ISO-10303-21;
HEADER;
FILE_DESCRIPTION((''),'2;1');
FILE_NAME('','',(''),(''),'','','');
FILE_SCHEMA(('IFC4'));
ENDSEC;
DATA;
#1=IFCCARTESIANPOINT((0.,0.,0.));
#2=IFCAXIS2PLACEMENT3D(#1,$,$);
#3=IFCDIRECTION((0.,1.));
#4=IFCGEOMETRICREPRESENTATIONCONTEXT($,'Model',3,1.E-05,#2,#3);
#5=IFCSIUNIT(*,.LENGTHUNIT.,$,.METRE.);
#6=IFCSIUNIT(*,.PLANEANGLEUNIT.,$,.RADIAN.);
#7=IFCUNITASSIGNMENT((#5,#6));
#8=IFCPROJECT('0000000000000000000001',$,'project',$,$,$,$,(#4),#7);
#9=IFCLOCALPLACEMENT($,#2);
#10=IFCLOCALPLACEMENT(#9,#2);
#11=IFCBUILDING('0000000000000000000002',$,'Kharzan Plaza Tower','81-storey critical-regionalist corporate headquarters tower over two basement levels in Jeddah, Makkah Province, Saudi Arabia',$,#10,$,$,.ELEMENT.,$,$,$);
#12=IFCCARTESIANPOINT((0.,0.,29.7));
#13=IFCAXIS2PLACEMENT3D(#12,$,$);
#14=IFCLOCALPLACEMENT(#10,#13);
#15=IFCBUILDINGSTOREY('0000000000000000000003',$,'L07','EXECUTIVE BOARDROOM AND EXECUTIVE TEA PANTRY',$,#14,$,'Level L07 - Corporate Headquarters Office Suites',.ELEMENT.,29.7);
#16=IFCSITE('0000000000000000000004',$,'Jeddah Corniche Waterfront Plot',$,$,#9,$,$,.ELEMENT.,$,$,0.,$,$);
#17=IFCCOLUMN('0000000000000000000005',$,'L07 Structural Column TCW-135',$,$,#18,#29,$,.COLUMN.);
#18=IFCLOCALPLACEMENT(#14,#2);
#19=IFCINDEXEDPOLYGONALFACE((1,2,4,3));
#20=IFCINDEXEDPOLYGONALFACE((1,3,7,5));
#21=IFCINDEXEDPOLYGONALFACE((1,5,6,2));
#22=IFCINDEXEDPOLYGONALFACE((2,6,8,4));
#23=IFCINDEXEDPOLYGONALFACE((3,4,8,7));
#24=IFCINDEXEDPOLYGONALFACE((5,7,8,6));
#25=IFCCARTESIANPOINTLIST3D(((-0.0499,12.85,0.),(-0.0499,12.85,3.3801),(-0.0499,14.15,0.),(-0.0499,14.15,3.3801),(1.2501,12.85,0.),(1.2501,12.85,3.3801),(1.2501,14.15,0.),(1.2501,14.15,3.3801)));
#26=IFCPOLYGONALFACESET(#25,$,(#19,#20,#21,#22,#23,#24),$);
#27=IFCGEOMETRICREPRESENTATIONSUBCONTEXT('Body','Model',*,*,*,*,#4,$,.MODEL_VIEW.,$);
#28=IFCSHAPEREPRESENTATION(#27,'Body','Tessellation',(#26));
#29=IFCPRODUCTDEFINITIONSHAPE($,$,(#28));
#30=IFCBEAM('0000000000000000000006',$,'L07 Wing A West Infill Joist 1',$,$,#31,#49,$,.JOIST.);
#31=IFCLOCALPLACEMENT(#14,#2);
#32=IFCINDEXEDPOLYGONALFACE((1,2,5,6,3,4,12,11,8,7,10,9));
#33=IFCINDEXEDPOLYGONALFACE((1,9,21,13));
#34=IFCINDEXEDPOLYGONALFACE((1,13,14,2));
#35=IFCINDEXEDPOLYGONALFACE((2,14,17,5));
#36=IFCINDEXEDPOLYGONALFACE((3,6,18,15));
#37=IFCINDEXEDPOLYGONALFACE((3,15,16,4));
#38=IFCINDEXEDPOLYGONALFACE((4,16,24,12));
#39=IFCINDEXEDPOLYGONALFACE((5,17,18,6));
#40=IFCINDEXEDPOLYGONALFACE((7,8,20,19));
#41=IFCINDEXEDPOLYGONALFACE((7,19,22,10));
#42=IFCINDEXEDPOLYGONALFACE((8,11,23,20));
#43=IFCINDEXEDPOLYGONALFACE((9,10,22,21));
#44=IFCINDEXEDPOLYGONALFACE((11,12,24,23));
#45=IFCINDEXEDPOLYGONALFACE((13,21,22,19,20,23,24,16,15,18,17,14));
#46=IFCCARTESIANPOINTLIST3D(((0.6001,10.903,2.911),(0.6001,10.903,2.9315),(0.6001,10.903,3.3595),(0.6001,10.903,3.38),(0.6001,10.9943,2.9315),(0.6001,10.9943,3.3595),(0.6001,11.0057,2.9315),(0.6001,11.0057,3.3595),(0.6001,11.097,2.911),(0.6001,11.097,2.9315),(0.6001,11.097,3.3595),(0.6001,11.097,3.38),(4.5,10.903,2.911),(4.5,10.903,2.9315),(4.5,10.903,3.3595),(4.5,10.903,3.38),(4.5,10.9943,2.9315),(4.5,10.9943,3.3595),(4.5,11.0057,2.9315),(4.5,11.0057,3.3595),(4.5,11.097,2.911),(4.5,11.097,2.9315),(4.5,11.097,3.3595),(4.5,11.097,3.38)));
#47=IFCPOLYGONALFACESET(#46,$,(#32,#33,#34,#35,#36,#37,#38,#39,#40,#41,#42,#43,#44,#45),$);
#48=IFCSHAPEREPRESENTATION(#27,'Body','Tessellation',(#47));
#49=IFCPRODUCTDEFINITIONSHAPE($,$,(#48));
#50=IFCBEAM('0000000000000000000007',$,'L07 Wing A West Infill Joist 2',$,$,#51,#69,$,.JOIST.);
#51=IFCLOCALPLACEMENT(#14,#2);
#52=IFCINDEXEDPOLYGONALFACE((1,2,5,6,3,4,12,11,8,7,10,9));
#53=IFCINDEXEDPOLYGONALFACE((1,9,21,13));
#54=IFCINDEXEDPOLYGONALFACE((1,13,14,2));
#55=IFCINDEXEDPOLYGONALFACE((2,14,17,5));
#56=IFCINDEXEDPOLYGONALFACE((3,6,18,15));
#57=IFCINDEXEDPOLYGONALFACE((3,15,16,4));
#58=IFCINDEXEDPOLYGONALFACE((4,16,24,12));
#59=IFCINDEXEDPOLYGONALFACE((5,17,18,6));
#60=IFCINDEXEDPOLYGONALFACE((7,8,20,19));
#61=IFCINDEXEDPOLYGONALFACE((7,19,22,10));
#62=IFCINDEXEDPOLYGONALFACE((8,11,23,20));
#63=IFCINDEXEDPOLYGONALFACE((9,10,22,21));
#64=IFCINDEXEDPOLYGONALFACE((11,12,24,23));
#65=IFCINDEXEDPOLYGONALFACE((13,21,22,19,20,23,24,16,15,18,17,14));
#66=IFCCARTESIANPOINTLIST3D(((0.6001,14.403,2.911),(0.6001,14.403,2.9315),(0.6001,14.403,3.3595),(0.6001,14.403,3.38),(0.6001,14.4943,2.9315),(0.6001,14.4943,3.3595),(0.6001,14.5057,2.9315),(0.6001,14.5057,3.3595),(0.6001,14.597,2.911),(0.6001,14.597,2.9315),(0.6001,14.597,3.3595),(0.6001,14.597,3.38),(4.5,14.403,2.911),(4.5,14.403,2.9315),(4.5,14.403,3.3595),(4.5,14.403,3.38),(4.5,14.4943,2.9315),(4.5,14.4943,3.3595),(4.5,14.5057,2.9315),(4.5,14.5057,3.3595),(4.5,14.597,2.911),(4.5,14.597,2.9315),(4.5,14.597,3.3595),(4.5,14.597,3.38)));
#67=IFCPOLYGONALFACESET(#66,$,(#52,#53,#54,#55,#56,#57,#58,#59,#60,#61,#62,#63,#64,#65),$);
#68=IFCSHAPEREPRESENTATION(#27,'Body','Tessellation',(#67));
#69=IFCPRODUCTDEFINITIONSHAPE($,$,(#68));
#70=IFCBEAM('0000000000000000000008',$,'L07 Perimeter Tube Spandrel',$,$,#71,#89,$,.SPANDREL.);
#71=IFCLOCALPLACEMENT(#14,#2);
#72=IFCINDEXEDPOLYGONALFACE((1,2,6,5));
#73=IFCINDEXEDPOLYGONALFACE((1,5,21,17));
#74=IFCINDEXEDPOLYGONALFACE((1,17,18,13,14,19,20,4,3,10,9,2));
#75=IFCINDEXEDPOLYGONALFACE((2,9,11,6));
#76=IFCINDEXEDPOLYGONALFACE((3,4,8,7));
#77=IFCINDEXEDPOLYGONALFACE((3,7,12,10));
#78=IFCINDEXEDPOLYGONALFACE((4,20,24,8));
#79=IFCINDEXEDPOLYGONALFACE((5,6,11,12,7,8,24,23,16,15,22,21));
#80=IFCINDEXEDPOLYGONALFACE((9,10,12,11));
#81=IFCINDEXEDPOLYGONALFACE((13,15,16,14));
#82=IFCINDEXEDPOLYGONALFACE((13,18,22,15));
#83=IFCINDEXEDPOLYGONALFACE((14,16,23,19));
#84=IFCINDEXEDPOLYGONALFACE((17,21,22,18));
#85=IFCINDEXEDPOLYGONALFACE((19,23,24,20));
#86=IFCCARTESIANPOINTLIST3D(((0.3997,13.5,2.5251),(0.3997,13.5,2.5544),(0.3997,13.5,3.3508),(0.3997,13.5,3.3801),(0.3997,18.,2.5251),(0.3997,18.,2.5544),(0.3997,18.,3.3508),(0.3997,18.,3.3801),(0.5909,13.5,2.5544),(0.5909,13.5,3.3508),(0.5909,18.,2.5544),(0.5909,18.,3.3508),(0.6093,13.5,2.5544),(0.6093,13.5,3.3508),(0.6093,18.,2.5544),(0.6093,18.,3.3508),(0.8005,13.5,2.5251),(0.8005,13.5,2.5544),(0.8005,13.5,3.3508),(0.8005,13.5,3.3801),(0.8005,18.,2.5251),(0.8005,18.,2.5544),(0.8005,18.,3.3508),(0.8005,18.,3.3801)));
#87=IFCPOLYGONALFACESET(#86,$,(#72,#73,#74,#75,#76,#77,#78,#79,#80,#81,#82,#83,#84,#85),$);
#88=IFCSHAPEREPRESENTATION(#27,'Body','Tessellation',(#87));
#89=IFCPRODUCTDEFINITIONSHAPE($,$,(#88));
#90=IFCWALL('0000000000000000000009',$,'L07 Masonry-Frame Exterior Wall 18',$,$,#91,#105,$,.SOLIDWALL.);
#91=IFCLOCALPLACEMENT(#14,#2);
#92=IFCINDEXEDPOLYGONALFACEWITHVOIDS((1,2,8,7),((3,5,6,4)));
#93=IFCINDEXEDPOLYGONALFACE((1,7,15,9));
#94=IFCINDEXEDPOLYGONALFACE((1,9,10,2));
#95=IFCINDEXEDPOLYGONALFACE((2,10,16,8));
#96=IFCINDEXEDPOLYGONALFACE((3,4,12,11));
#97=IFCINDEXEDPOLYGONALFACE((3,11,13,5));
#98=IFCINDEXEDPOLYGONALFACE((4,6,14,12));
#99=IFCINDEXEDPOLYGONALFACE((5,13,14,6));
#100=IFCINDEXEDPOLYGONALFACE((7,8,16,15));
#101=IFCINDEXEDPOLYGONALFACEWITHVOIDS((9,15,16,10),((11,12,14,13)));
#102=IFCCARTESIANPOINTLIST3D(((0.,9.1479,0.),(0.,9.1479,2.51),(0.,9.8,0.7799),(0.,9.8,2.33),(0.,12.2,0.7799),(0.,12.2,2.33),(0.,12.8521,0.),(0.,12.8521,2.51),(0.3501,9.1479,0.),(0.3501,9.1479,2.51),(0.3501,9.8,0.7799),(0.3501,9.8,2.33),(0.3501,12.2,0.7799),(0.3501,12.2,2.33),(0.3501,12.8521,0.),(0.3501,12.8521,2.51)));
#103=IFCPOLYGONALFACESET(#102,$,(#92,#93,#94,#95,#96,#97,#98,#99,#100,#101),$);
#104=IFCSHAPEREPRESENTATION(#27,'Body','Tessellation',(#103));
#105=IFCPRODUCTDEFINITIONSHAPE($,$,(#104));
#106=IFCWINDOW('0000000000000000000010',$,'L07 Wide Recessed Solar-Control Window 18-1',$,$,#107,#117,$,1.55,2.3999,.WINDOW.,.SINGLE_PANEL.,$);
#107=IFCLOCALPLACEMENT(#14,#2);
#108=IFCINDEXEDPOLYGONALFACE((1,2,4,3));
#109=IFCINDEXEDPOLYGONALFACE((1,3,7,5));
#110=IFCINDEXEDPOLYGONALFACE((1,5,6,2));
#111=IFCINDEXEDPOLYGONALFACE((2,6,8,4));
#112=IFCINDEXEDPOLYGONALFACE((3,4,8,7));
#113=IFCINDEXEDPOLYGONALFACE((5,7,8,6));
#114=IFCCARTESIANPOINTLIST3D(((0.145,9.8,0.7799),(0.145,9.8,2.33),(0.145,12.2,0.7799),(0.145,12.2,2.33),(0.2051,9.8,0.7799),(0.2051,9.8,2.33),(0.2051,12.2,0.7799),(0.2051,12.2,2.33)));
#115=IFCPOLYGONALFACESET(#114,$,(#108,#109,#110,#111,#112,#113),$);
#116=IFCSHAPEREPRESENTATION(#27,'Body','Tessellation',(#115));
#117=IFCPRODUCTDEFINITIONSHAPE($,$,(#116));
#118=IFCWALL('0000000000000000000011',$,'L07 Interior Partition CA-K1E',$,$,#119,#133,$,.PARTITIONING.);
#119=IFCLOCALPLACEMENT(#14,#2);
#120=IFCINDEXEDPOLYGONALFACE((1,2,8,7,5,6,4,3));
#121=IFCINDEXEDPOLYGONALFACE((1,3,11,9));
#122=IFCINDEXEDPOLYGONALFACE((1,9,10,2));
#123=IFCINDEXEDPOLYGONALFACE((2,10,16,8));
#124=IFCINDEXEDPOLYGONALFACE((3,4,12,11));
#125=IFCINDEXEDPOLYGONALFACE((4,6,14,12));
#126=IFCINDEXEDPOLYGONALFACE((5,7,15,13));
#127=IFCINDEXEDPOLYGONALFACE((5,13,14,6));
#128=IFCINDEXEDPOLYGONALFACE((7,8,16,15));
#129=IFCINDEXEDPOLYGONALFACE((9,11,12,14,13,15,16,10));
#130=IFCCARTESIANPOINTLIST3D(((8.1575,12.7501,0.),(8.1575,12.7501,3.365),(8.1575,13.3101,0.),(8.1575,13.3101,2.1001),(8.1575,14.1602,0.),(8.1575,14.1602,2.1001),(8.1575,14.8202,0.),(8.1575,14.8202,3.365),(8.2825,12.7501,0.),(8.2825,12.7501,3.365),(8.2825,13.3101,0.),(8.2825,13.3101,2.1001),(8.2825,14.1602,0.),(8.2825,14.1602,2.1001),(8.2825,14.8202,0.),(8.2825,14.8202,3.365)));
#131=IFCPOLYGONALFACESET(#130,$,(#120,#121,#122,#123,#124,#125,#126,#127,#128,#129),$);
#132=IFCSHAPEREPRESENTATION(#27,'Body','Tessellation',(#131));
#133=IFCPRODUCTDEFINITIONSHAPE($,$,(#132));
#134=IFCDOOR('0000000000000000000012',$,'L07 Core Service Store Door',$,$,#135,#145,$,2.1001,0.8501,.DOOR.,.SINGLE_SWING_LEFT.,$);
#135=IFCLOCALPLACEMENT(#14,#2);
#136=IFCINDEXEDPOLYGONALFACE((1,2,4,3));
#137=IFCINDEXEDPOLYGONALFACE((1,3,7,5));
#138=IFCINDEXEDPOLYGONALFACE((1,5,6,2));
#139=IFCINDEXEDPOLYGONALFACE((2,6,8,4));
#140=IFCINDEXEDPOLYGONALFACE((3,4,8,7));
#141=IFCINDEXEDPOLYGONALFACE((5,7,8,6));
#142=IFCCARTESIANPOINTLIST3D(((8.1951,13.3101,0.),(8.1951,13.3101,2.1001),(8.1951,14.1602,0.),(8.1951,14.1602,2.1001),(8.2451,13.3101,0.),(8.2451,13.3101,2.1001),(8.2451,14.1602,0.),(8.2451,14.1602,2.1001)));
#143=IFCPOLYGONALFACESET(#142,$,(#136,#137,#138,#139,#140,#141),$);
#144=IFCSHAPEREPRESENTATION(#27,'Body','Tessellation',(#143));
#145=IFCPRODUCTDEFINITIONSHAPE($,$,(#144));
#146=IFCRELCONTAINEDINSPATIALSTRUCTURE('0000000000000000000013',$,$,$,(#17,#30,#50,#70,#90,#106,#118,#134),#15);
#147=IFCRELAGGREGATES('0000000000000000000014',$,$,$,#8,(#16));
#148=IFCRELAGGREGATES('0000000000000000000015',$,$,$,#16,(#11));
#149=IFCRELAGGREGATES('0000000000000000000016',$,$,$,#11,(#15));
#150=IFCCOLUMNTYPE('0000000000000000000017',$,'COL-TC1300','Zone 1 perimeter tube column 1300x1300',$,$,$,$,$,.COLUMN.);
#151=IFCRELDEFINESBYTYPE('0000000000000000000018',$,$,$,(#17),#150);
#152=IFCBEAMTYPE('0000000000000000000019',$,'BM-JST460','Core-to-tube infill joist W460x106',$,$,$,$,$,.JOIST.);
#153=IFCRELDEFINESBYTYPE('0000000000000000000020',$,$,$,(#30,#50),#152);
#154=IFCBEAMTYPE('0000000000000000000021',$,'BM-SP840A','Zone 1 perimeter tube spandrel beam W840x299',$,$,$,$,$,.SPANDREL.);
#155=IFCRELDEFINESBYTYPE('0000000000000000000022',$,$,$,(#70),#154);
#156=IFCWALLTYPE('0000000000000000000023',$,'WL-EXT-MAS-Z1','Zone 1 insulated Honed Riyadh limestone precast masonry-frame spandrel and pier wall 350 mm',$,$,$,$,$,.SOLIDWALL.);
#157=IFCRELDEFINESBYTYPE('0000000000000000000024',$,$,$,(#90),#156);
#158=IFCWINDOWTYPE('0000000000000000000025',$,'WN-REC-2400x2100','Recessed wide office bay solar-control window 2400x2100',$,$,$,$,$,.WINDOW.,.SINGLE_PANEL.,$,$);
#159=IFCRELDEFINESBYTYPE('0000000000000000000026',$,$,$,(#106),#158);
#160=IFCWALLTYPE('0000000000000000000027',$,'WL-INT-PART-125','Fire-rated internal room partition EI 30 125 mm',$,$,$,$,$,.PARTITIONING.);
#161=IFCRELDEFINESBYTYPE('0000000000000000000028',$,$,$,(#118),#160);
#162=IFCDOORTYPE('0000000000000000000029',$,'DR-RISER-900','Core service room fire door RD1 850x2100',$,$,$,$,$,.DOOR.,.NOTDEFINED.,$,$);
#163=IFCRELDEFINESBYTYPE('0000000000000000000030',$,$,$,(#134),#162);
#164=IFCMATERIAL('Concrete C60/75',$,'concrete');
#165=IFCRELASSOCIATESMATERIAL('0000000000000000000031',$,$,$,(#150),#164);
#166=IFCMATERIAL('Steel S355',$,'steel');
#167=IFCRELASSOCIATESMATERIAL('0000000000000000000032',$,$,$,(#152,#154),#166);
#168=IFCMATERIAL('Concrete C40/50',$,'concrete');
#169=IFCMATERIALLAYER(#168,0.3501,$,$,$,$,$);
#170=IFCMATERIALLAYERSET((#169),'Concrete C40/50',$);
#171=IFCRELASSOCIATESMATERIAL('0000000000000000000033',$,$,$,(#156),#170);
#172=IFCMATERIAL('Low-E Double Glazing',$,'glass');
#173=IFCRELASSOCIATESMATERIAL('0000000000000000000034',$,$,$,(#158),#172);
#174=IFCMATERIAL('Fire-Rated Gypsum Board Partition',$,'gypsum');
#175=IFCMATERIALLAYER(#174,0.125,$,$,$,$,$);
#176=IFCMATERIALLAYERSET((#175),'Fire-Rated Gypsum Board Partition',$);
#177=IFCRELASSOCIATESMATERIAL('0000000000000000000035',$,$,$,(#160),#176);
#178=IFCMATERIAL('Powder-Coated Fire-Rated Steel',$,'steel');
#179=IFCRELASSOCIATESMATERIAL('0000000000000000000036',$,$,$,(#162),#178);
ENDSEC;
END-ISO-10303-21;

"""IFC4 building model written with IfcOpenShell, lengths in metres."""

from ifc_helpers import new_model, si_unit, direction, frame, frame_2d, origin, origin_2d, place, context, subcontext, project, spatial, rectangle, i_section, extrude, source, transform, mapped, material, layer, layer_set, material_profile, profile_set, type_object, element, fill, save


model = new_model("IFC4")

# Units and contexts
model_context = context("Model", 3, precision=1e-05, world=origin(), true_north=direction((0.0, 1.0)))
body_context = subcontext(model_context, "Body", "Model", "MODEL_VIEW")
ifc_project = project(units=[si_unit("LENGTHUNIT", "METRE"), si_unit("PLANEANGLEUNIT", "RADIAN")], contexts=[model_context])

# Site, building, storey
site_placement = place(None, origin())
site = spatial("IfcSite", under=ifc_project, at=site_placement, Name="Jeddah Corniche Waterfront Plot", CompositionType="ELEMENT", RefElevation=0.0)
building_placement = place(site_placement, origin())
building = spatial("IfcBuilding", under=site, at=building_placement, Name="Kharzan Plaza Tower", Description="81-storey critical-regionalist corporate headquarters tower over two basement levels in Jeddah, Makkah Province, Saudi Arabia", CompositionType="ELEMENT")
storey_placement = place(building_placement, frame((0.0, 0.0, 29.7)))
storey = spatial("IfcBuildingStorey", under=building, at=storey_placement, Name="L07", Description="EXECUTIVE BOARDROOM AND EXECUTIVE TEA PANTRY", LongName="Level L07 - Corporate Headquarters Office Suites", CompositionType="ELEMENT", Elevation=29.7)

# Column
ifc_material_1 = material(Name="Concrete C60/75", Category="concrete")
ifc_material_profile_1 = material_profile(ifc_material_1, rectangle(XDim=1.3, YDim=1.3, at=origin_2d()), Name="RC-TC1300x1300")
ifc_profile_set_1 = profile_set([ifc_material_profile_1], Name="Concrete C60/75")
column_type = type_object("IfcColumnType", Name="COL-TC1300", Description="Zone 1 perimeter tube column 1300x1300", PredefinedType="COLUMN", material=ifc_profile_set_1)
shared_shape_1 = source(origin(), body_context, "Body", "SweptSolid", [
    extrude(rectangle(XDim=1.3, YDim=1.3, at=origin_2d()), origin(), (0.0, 0.0, 1.0), 3.3801),
])
column_placement = place(storey_placement, frame((0.6001, 13.5, 0.0), z_axis=(0.0, 0.0, 1.0), x_axis=(1.0, 0.0, 0.0)))
element("IfcColumn", 1, at=column_placement, inside=storey, type_object=column_type, Name="L07 Structural Column TCW-135", PredefinedType="COLUMN", context=body_context, shape_type="MappedRepresentation", body=[
    mapped(shared_shape_1, transform((0.0, 0.0, 0.0), x_axis=(1.0, 0.0, 0.0), y_axis=(0.0, 1.0, 0.0), z_axis=(0.0, 0.0, 1.0))),
])

# Beams
ifc_material_2 = material(Name="Steel S355", Category="steel")
ifc_material_profile_2 = material_profile(ifc_material_2, i_section(OverallWidth=0.1941, OverallDepth=0.469, WebThickness=0.0115, FlangeThickness=0.0205, at=origin_2d()), Name="W460x106")
ifc_profile_set_2 = profile_set([ifc_material_profile_2], Name="Steel S355")
beam_type_1 = type_object("IfcBeamType", Name="BM-JST460", Description="Core-to-tube infill joist W460x106", PredefinedType="JOIST", material=ifc_profile_set_2)
shared_shape_2 = source(origin(), body_context, "Body", "SweptSolid", [
    extrude(i_section(OverallWidth=0.1941, OverallDepth=0.469, WebThickness=0.0115, FlangeThickness=0.0205, at=origin_2d()), origin(), (0.0, 0.0, 1.0), 3.8999),
])
for number, where, z_axis, x_axis, name in (
    (2, (0.6001, 11.0, 3.1455), (1.0, 0.0, 0.0), (0.0, 1.0, 0.0), "L07 Wing A West Infill Joist 1"),
    (3, (0.6001, 14.5, 3.1455), (1.0, 0.0, 0.0), (0.0, 1.0, 0.0), "L07 Wing A West Infill Joist 2"),
):
    element("IfcBeam", number, at=place(storey_placement, frame(where, z_axis=z_axis, x_axis=x_axis)), inside=storey, type_object=beam_type_1, Name=name, PredefinedType="JOIST", context=body_context, shape_type="MappedRepresentation", body=[
        mapped(shared_shape_2, transform((0.0, 0.0, 0.0), x_axis=(1.0, 0.0, 0.0), y_axis=(0.0, 1.0, 0.0), z_axis=(0.0, 0.0, 1.0))),
    ])
ifc_material_profile_3 = material_profile(ifc_material_2, i_section(OverallWidth=0.4009, OverallDepth=0.855, WebThickness=0.0183, FlangeThickness=0.0293, at=origin_2d()), Name="W840x299")
ifc_profile_set_3 = profile_set([ifc_material_profile_3], Name="Steel S355")
beam_type_2 = type_object("IfcBeamType", Name="BM-SP840A", Description="Zone 1 perimeter tube spandrel beam W840x299", PredefinedType="SPANDREL", material=ifc_profile_set_3)
shared_shape_3 = source(origin(), body_context, "Body", "SweptSolid", [
    extrude(i_section(OverallWidth=0.4009, OverallDepth=0.855, WebThickness=0.0183, FlangeThickness=0.0293, at=origin_2d()), origin(), (0.0, 0.0, 1.0), 4.5),
])
beam_placement = place(storey_placement, frame((0.6001, 13.5, 2.9526), z_axis=(0.0, 1.0, 0.0), x_axis=(-1.0, 0.0, 0.0)))
element("IfcBeam", 4, at=beam_placement, inside=storey, type_object=beam_type_2, Name="L07 Perimeter Tube Spandrel", PredefinedType="SPANDREL", context=body_context, shape_type="MappedRepresentation", body=[
    mapped(shared_shape_3, transform((0.0, 0.0, 0.0), x_axis=(1.0, 0.0, 0.0), y_axis=(0.0, 1.0, 0.0), z_axis=(0.0, 0.0, 1.0))),
])

# Wall, opening, window
ifc_material_3 = material(Name="Concrete C40/50", Category="concrete")
ifc_layer_1 = layer(ifc_material_3, 0.3501)
ifc_layer_set_1 = layer_set([ifc_layer_1], Name="Concrete C40/50")
wall_type_1 = type_object("IfcWallType", Name="WL-EXT-MAS-Z1", Description="Zone 1 insulated Honed Riyadh limestone precast masonry-frame spandrel and pier wall 350 mm", PredefinedType="SOLIDWALL", material=ifc_layer_set_1)
wall_1_placement = place(storey_placement, frame((0.175, 12.8521, 0.0), z_axis=(0.0, 0.0, 1.0), x_axis=(0.0, -1.0, 0.0)))
wall_1 = element("IfcWall", 5, at=wall_1_placement, inside=storey, type_object=wall_type_1, Name="L07 Masonry-Frame Exterior Wall 18", PredefinedType="SOLIDWALL", context=body_context, shape_type="SweptSolid", body=[
    extrude(rectangle(XDim=3.7041, YDim=0.3501, at=frame_2d((1.8521, 0.0))), origin(), (0.0, 0.0, 1.0), 2.51),
])
opening_1_placement = place(wall_1_placement, frame((0.6521, 0.0, 0.78)))
opening_1 = element("IfcOpeningElement", 6, at=opening_1_placement, cuts=wall_1, PredefinedType="OPENING", context=body_context, shape_type="SweptSolid", body=[
    extrude(rectangle(XDim=2.3999, YDim=1.55, at=frame_2d((1.2, 0.7749))), frame((0.0, 0.1851, 0.0), z_axis=(0.0, -1.0, 0.0), x_axis=(1.0, 0.0, 0.0)), (0.0, 0.0, 1.0), 0.3701),
])
ifc_material_4 = material(Name="Low-E Double Glazing", Category="glass")
window_type = type_object("IfcWindowType", Name="WN-REC-2400x2100", Description="Recessed wide office bay solar-control window 2400x2100", PartitioningType="SINGLE_PANEL", PredefinedType="WINDOW", material=ifc_material_4)
shared_shape_4 = source(origin(), body_context, "Body", "SweptSolid", [
    extrude(rectangle(XDim=2.3999, YDim=1.55, at=frame_2d((1.2, 0.7749))), frame((0.0, 0.03, 0.0), z_axis=(0.0, -1.0, 0.0), x_axis=(1.0, 0.0, 0.0)), (0.0, 0.0, 1.0), 0.0601),
])
window_placement = place(opening_1_placement, origin())
window = element("IfcWindow", 7, at=window_placement, inside=storey, type_object=window_type, Name="L07 Wide Recessed Solar-Control Window 18-1", OverallHeight=1.55, OverallWidth=2.3999, PartitioningType="SINGLE_PANEL", PredefinedType="WINDOW", context=body_context, shape_type="MappedRepresentation", body=[
    mapped(shared_shape_4, transform((0.0, 0.0, 0.0), x_axis=(1.0, 0.0, 0.0), y_axis=(0.0, 1.0, 0.0), z_axis=(0.0, 0.0, 1.0))),
])
fill(opening_1, window)

# Wall, opening, door
ifc_material_5 = material(Name="Fire-Rated Gypsum Board Partition", Category="gypsum")
ifc_layer_2 = layer(ifc_material_5, 0.125)
ifc_layer_set_2 = layer_set([ifc_layer_2], Name="Fire-Rated Gypsum Board Partition")
wall_type_2 = type_object("IfcWallType", Name="WL-INT-PART-125", Description="Fire-rated internal room partition EI 30 125 mm", PredefinedType="PARTITIONING", material=ifc_layer_set_2)
wall_2_placement = place(storey_placement, frame((8.22, 12.75, 0.0), z_axis=(0.0, 0.0, 1.0), x_axis=(0.0, 1.0, 0.0)))
wall_2 = element("IfcWall", 8, at=wall_2_placement, inside=storey, type_object=wall_type_2, Name="L07 Interior Partition CA-K1E", PredefinedType="PARTITIONING", context=body_context, shape_type="SweptSolid", body=[
    extrude(rectangle(XDim=2.0701, YDim=0.125, at=frame_2d((1.0352, 0.0))), origin(), (0.0, 0.0, 1.0), 3.365),
])
opening_2_placement = place(wall_2_placement, frame((0.5601, 0.0, 0.0)))
opening_2 = element("IfcOpeningElement", 9, at=opening_2_placement, cuts=wall_2, PredefinedType="OPENING", context=body_context, shape_type="SweptSolid", body=[
    extrude(rectangle(XDim=0.8501, YDim=2.1001, at=frame_2d((0.425, 1.05))), frame((0.0, 0.0725, 0.0), z_axis=(0.0, -1.0, 0.0), x_axis=(1.0, 0.0, 0.0)), (0.0, 0.0, 1.0), 0.145),
])
ifc_material_6 = material(Name="Powder-Coated Fire-Rated Steel", Category="steel")
door_type_1 = type_object("IfcDoorType", Name="DR-RISER-900", Description="Core service room fire door RD1 850x2100", OperationType="NOTDEFINED", PredefinedType="DOOR", material=ifc_material_6)
shared_shape_5 = source(origin(), body_context, "Body", "SweptSolid", [
    extrude(rectangle(XDim=0.8501, YDim=2.1001, at=frame_2d((0.425, 1.05))), frame((0.0, 0.0249, 0.0), z_axis=(0.0, -1.0, 0.0), x_axis=(1.0, 0.0, 0.0)), (0.0, 0.0, 1.0), 0.05),
])
door_1_placement = place(opening_2_placement, origin())
door_1 = element("IfcDoor", 10, at=door_1_placement, inside=storey, type_object=door_type_1, Name="L07 Core Service Store Door", OperationType="SINGLE_SWING_LEFT", OverallHeight=2.1001, OverallWidth=0.8501, PredefinedType="DOOR", context=body_context, shape_type="MappedRepresentation", body=[
    mapped(shared_shape_5, transform((0.0, 0.0, 0.0), x_axis=(1.0, 0.0, 0.0), y_axis=(0.0, 1.0, 0.0), z_axis=(0.0, 0.0, 1.0))),
])
fill(opening_2, door_1)

save(model, "model.ifc")
